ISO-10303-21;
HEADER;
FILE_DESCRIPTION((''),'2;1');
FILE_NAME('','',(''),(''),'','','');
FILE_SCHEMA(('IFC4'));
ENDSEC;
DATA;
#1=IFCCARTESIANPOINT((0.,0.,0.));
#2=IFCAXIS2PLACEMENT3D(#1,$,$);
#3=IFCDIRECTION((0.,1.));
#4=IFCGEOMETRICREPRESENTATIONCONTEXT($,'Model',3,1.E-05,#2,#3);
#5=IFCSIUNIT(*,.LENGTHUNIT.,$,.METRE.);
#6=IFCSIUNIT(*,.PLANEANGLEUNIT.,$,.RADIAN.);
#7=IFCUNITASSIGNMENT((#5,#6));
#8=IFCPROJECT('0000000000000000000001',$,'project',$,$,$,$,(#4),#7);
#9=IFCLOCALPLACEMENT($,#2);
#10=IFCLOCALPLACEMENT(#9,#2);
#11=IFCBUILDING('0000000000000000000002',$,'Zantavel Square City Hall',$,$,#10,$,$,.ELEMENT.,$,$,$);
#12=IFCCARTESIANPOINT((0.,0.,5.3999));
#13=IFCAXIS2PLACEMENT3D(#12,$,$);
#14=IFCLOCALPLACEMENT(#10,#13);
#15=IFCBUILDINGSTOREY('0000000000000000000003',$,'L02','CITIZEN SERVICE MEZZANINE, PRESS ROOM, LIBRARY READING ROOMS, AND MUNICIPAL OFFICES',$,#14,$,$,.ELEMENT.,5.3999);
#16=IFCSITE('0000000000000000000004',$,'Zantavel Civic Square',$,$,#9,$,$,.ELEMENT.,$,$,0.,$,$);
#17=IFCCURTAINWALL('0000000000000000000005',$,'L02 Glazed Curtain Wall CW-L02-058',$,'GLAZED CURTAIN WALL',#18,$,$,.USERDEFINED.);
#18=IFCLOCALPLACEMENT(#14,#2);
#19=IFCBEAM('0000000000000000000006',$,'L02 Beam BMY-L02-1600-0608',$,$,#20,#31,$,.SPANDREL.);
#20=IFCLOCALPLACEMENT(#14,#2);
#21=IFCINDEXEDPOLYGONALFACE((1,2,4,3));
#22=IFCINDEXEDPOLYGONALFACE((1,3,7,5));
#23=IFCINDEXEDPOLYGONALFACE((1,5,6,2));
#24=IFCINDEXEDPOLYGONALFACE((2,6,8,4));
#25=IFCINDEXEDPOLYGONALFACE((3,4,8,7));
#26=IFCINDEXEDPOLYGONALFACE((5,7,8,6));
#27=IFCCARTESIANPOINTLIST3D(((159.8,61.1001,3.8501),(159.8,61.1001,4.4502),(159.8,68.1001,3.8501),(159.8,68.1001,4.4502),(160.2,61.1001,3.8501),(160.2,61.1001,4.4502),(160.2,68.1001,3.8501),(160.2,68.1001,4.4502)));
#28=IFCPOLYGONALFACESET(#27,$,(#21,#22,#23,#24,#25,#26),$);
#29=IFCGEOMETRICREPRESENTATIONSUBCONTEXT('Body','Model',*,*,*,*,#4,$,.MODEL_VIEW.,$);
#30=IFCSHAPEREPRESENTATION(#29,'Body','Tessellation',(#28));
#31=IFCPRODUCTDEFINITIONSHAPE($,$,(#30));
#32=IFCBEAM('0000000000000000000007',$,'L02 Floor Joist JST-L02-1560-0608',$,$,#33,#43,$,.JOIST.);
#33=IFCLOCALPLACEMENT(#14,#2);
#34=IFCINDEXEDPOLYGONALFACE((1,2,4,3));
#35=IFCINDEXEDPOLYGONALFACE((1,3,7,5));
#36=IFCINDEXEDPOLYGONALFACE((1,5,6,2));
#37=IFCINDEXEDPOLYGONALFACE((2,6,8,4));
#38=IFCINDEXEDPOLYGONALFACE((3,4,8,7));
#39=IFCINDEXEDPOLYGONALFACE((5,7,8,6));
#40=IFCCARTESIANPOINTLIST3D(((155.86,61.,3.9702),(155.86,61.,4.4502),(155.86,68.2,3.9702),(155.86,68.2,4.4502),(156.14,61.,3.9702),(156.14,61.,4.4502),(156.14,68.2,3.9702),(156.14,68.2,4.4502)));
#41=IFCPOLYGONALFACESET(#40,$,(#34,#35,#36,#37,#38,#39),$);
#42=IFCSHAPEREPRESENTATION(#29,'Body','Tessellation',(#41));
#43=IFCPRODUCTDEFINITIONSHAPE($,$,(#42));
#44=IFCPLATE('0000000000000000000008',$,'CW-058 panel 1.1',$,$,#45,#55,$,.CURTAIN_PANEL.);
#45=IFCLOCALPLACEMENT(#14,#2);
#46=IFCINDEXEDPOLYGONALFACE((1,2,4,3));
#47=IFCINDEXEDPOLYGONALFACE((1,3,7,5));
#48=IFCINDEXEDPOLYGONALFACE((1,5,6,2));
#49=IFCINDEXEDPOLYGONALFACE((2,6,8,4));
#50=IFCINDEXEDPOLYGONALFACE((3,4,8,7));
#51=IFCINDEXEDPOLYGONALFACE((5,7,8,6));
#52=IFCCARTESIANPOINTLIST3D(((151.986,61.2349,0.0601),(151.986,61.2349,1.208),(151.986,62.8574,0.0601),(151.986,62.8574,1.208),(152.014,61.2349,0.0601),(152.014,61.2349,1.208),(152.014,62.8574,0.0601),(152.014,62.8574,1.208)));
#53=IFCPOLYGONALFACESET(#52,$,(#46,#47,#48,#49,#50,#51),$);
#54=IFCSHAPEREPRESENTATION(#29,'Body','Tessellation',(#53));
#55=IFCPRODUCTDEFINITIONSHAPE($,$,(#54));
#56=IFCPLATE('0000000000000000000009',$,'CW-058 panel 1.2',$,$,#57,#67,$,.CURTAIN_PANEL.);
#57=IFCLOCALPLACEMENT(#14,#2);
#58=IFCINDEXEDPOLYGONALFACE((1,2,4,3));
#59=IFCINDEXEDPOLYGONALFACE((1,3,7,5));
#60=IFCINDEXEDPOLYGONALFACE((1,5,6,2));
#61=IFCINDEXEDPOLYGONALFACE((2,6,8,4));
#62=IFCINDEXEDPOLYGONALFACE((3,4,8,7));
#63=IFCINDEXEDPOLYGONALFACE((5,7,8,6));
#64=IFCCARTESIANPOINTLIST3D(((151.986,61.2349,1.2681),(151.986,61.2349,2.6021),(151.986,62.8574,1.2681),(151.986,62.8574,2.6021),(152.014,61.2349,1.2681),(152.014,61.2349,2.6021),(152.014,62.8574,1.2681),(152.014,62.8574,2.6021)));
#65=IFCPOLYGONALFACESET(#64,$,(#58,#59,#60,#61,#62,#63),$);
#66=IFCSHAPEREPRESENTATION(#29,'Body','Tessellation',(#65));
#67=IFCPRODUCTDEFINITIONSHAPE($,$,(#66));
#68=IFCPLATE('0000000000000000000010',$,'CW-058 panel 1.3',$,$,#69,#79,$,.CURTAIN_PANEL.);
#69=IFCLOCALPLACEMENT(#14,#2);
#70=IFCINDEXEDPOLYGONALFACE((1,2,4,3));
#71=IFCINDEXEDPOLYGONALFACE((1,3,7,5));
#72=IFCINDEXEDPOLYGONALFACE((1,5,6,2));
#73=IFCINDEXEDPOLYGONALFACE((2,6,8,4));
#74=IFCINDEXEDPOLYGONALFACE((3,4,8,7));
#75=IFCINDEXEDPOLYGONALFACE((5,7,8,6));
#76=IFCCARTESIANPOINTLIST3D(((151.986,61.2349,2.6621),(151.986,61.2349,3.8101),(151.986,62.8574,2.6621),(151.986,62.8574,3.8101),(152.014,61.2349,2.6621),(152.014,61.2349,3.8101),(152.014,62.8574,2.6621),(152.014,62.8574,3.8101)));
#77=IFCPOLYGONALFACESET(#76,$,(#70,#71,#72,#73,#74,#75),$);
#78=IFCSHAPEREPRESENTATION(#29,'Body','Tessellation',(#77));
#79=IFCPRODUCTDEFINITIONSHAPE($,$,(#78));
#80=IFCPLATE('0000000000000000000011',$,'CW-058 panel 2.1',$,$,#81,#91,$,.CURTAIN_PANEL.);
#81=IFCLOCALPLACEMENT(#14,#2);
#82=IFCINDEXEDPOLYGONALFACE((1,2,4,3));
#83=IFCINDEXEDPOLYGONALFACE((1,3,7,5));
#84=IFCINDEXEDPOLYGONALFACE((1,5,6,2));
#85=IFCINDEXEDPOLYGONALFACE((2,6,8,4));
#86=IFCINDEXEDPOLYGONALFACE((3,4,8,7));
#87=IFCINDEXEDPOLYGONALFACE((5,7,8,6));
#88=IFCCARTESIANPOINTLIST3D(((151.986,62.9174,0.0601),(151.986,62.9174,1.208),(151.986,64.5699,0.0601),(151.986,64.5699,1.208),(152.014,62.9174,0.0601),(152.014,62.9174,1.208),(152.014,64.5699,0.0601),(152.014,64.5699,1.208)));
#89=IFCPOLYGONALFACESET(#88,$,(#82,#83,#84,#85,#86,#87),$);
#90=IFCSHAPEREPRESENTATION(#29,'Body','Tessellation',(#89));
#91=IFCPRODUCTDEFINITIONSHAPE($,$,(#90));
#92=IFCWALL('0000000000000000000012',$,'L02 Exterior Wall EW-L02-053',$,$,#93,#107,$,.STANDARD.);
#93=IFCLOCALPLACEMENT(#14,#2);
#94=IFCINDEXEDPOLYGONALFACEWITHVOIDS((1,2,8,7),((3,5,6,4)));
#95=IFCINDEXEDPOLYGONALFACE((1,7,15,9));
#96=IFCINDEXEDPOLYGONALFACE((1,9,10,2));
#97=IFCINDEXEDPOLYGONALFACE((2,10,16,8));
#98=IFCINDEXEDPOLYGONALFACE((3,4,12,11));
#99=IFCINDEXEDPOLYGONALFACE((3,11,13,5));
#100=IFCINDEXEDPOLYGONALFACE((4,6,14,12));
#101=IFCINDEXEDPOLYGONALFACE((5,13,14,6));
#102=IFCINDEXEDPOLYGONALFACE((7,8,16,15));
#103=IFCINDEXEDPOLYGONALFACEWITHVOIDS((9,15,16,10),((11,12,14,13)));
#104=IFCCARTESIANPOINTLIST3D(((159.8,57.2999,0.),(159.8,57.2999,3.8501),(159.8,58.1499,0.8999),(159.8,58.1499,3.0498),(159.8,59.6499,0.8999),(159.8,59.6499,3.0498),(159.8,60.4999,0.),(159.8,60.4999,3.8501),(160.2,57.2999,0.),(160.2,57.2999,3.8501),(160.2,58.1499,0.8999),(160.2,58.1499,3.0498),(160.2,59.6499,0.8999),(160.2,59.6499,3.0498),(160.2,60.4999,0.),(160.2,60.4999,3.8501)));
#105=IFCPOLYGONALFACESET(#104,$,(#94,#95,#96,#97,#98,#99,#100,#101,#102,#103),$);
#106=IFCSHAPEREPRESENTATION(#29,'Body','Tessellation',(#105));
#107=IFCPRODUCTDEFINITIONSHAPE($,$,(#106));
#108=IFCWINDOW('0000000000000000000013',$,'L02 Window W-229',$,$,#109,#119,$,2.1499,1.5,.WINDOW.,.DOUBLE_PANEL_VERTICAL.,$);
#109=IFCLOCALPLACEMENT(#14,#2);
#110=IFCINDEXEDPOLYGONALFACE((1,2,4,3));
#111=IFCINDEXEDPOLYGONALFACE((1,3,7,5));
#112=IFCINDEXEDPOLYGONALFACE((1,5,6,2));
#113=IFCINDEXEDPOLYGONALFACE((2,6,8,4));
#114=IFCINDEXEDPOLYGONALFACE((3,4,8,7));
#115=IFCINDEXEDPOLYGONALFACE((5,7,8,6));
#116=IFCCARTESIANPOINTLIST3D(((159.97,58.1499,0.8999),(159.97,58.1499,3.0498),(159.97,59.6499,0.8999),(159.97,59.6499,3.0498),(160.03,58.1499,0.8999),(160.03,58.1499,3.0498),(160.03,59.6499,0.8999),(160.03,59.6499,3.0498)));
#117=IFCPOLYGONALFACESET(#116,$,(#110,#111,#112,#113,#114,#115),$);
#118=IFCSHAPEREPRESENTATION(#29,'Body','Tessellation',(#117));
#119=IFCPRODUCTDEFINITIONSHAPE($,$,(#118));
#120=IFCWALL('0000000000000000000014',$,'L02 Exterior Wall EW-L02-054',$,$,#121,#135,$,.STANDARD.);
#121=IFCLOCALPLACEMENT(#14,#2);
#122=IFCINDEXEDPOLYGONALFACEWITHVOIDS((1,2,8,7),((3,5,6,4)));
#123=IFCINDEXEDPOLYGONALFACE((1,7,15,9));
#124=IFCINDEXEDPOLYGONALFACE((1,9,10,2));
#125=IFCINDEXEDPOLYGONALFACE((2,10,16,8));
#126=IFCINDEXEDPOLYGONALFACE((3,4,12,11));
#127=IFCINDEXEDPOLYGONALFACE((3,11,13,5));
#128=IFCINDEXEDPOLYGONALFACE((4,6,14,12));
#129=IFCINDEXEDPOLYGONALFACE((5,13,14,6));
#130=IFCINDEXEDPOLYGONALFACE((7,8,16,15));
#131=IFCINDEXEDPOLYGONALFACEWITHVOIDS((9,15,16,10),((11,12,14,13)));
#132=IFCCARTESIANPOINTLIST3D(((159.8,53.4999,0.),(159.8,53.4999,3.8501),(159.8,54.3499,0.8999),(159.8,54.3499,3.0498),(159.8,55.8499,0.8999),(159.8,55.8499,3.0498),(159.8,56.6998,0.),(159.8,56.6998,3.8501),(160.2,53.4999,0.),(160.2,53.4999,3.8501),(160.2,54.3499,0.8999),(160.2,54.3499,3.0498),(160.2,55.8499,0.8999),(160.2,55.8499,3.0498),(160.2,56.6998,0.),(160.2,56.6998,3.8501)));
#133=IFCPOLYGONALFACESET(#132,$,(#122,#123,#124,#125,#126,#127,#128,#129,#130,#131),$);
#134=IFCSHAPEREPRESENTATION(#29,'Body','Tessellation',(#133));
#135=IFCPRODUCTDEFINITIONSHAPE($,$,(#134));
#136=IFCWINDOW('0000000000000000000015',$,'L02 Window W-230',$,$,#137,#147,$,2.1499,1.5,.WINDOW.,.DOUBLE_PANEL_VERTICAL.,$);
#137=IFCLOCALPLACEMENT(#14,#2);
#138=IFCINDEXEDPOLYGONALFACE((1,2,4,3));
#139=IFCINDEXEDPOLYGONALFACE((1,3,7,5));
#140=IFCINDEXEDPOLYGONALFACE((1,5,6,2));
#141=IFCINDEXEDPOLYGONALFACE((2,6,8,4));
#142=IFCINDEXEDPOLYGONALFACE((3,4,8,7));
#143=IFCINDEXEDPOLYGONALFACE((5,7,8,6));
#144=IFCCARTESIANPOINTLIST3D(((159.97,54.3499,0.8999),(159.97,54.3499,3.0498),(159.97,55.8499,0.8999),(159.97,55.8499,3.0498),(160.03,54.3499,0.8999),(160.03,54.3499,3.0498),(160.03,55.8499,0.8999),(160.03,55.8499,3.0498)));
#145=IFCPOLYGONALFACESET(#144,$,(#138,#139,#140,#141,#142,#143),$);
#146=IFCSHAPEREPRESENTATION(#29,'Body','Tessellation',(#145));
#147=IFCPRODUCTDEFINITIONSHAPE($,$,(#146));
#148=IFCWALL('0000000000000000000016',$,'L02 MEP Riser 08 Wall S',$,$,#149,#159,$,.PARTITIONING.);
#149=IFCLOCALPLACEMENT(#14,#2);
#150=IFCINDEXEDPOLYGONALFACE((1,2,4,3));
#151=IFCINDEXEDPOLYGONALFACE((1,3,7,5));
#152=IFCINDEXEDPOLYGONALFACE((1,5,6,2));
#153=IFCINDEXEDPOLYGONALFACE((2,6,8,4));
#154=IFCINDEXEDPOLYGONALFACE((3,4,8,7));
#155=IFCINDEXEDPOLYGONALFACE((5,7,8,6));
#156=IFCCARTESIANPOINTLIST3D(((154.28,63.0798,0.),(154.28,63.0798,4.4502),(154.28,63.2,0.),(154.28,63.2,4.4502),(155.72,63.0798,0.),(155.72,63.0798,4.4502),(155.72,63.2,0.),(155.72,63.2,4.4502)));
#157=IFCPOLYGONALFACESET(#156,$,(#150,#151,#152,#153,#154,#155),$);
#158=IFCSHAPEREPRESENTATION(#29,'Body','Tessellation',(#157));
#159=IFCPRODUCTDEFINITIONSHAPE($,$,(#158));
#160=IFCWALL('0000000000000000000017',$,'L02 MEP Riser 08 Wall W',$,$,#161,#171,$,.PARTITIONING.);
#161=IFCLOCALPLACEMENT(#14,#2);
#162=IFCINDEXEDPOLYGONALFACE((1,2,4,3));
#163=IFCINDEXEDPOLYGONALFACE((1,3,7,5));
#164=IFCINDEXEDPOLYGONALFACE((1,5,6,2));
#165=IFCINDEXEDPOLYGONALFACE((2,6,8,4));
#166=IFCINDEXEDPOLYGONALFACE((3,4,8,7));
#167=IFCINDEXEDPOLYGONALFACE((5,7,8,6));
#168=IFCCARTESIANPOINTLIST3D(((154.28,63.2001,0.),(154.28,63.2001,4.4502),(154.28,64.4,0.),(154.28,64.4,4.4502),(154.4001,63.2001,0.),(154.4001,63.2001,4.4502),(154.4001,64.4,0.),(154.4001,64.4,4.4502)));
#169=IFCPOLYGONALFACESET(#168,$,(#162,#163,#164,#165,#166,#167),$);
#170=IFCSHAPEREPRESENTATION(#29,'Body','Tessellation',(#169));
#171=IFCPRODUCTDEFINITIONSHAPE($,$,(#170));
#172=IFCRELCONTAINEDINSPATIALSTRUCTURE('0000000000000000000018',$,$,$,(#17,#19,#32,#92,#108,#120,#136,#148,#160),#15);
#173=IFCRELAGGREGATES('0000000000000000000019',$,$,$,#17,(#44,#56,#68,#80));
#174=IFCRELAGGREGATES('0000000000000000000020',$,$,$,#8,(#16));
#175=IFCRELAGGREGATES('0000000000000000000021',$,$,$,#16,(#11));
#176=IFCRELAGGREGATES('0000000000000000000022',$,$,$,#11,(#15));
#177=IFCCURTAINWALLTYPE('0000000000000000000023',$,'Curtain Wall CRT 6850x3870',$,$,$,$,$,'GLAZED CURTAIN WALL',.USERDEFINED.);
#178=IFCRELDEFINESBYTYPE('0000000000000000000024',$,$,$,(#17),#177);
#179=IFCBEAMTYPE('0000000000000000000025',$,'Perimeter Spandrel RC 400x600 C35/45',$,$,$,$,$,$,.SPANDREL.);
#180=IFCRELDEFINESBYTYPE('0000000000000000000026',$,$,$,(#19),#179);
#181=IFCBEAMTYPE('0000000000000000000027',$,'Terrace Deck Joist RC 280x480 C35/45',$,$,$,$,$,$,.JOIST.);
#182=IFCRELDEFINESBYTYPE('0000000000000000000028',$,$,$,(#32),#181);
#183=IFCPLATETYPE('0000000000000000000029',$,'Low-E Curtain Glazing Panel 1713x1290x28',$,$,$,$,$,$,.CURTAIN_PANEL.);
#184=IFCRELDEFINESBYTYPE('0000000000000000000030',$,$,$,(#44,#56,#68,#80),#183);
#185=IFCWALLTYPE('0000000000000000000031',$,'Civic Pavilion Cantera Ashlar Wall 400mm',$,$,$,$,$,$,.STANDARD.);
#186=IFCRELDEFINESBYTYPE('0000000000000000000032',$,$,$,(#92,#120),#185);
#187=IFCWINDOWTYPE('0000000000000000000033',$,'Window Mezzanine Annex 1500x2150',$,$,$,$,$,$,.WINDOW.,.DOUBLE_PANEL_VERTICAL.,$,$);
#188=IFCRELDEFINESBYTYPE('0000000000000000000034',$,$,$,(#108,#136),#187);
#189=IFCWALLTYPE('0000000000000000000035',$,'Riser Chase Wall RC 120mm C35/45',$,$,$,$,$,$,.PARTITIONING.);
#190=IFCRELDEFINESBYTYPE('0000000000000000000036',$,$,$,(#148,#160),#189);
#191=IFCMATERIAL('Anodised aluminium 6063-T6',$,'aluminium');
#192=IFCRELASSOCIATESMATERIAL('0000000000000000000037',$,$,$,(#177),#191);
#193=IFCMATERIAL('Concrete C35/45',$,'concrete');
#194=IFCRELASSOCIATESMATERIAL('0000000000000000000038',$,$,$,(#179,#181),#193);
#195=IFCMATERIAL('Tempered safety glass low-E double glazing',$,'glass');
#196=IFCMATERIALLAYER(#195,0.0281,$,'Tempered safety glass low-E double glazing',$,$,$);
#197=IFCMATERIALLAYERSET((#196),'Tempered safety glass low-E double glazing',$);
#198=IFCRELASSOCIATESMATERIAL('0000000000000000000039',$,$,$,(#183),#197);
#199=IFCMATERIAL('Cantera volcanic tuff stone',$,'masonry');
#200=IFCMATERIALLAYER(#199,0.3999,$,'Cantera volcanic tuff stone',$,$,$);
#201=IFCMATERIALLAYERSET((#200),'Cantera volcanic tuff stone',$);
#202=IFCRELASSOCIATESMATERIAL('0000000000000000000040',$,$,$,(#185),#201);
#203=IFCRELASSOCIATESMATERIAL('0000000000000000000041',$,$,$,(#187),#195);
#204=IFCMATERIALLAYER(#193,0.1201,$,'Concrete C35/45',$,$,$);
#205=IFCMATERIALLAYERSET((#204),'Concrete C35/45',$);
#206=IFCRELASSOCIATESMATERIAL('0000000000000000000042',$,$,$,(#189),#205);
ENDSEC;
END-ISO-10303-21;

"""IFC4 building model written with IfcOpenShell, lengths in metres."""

from ifc_helpers import new_model, si_unit, direction, frame, frame_2d, origin, origin_2d, place, context, subcontext, project, spatial, rectangle, extrude, material, layer, layer_set, material_profile, profile_set, type_object, element, fill, aggregate, save


model = new_model("IFC4")

# Units and contexts
model_context = context("Model", 3, precision=1e-05, world=origin(), true_north=direction((0.0, 1.0)))
body_context = subcontext(model_context, "Body", "Model", "MODEL_VIEW")
ifc_project = project(units=[si_unit("LENGTHUNIT", "METRE"), si_unit("PLANEANGLEUNIT", "RADIAN")], contexts=[model_context])

# Site, building, storey
site_placement = place(None, origin())
site = spatial("IfcSite", under=ifc_project, at=site_placement, Name="Zantavel Civic Square", CompositionType="ELEMENT", RefElevation=0.0)
building_placement = place(site_placement, origin())
building = spatial("IfcBuilding", under=site, at=building_placement, Name="Zantavel Square City Hall", CompositionType="ELEMENT")
storey_placement = place(building_placement, frame((0.0, 0.0, 5.3999)))
storey = spatial("IfcBuildingStorey", under=building, at=storey_placement, Name="L02", Description="CITIZEN SERVICE MEZZANINE, PRESS ROOM, LIBRARY READING ROOMS, AND MUNICIPAL OFFICES", CompositionType="ELEMENT", Elevation=5.3999)

# Curtain wall
ifc_material_1 = material(Name="Anodised aluminium 6063-T6", Category="aluminium")
curtain_wall_type = type_object("IfcCurtainWallType", Name="Curtain Wall CRT 6850x3870", ElementType="GLAZED CURTAIN WALL", PredefinedType="USERDEFINED", material=ifc_material_1)
curtain_wall_placement = place(storey_placement, origin())
curtain_wall = element("IfcCurtainWall", 1, at=curtain_wall_placement, inside=storey, type_object=curtain_wall_type, Name="L02 Glazed Curtain Wall CW-L02-058", ObjectType="GLAZED CURTAIN WALL", PredefinedType="USERDEFINED")

# Beams
ifc_material_2 = material(Name="Concrete C35/45", Category="concrete")
ifc_material_profile_1 = material_profile(ifc_material_2, rectangle(XDim=0.3999, YDim=0.6001, at=origin_2d()), Name="RC 400x600")
ifc_profile_set_1 = profile_set([ifc_material_profile_1], Name="Concrete C35/45")
beam_type_1 = type_object("IfcBeamType", Name="Perimeter Spandrel RC 400x600 C35/45", PredefinedType="SPANDREL", material=ifc_profile_set_1)
beam_1_placement = place(storey_placement, frame((160.0, 61.1001, 4.1501), z_axis=(0.0, 1.0, 0.0), x_axis=(-1.0, 0.0, 0.0)))
element("IfcBeam", 2, at=beam_1_placement, inside=storey, type_object=beam_type_1, Name="L02 Beam BMY-L02-1600-0608", PredefinedType="SPANDREL", context=body_context, shape_type="SweptSolid", body=[
    extrude(rectangle(XDim=0.3999, YDim=0.6001, at=origin_2d()), origin(), (0.0, 0.0, 1.0), 7.0),
])
ifc_material_profile_2 = material_profile(ifc_material_2, rectangle(XDim=0.28, YDim=0.48, at=origin_2d()), Name="RC 280x480")
ifc_profile_set_2 = profile_set([ifc_material_profile_2], Name="Concrete C35/45")
beam_type_2 = type_object("IfcBeamType", Name="Terrace Deck Joist RC 280x480 C35/45", PredefinedType="JOIST", material=ifc_profile_set_2)
beam_2_placement = place(storey_placement, frame((156.0, 61.0, 4.2102), z_axis=(0.0, 1.0, 0.0), x_axis=(-1.0, 0.0, 0.0)))
element("IfcBeam", 3, at=beam_2_placement, inside=storey, type_object=beam_type_2, Name="L02 Floor Joist JST-L02-1560-0608", PredefinedType="JOIST", context=body_context, shape_type="SweptSolid", body=[
    extrude(rectangle(XDim=0.28, YDim=0.48, at=origin_2d()), origin(), (0.0, 0.0, 1.0), 7.2),
])

# Plates
ifc_material_3 = material(Name="Tempered safety glass low-E double glazing", Category="glass")
ifc_layer_1 = layer(ifc_material_3, 0.0281, Name="Tempered safety glass low-E double glazing")
ifc_layer_set_1 = layer_set([ifc_layer_1], Name="Tempered safety glass low-E double glazing")
plate_type = type_object("IfcPlateType", Name="Low-E Curtain Glazing Panel 1713x1290x28", PredefinedType="CURTAIN_PANEL", material=ifc_layer_set_1)
plate_1_placement = place(storey_placement, frame((152.0, 62.0461, 0.0601), z_axis=(0.0, 0.0, 1.0), x_axis=(0.0, 1.0, 0.0)))
plate_1 = element("IfcPlate", 4, at=plate_1_placement, type_object=plate_type, Name="CW-058 panel 1.1", PredefinedType="CURTAIN_PANEL", context=body_context, shape_type="SweptSolid", body=[
    extrude(rectangle(XDim=1.6226, YDim=0.0281, at=origin_2d()), origin(), (0.0, 0.0, 1.0), 1.1479),
])
plate_2_placement = place(storey_placement, frame((152.0, 62.0461, 1.2681), z_axis=(0.0, 0.0, 1.0), x_axis=(0.0, 1.0, 0.0)))
plate_2 = element("IfcPlate", 5, at=plate_2_placement, type_object=plate_type, Name="CW-058 panel 1.2", PredefinedType="CURTAIN_PANEL", context=body_context, shape_type="SweptSolid", body=[
    extrude(rectangle(XDim=1.6226, YDim=0.0281, at=origin_2d()), origin(), (0.0, 0.0, 1.0), 1.334),
])
plate_3_placement = place(storey_placement, frame((152.0, 62.0461, 2.6621), z_axis=(0.0, 0.0, 1.0), x_axis=(0.0, 1.0, 0.0)))
plate_3 = element("IfcPlate", 6, at=plate_3_placement, type_object=plate_type, Name="CW-058 panel 1.3", PredefinedType="CURTAIN_PANEL", context=body_context, shape_type="SweptSolid", body=[
    extrude(rectangle(XDim=1.6226, YDim=0.0281, at=origin_2d()), origin(), (0.0, 0.0, 1.0), 1.1479),
])
plate_4_placement = place(storey_placement, frame((152.0, 63.7437, 0.0601), z_axis=(0.0, 0.0, 1.0), x_axis=(0.0, 1.0, 0.0)))
plate_4 = element("IfcPlate", 7, at=plate_4_placement, type_object=plate_type, Name="CW-058 panel 2.1", PredefinedType="CURTAIN_PANEL", context=body_context, shape_type="SweptSolid", body=[
    extrude(rectangle(XDim=1.6526, YDim=0.0281, at=origin_2d()), origin(), (0.0, 0.0, 1.0), 1.1479),
])
aggregate(curtain_wall, [plate_1, plate_2, plate_3, plate_4])

# Walls, openings, windows
ifc_material_4 = material(Name="Cantera volcanic tuff stone", Category="masonry")
ifc_layer_2 = layer(ifc_material_4, 0.3999, Name="Cantera volcanic tuff stone")
ifc_layer_set_2 = layer_set([ifc_layer_2], Name="Cantera volcanic tuff stone")
wall_type_1 = type_object("IfcWallType", Name="Civic Pavilion Cantera Ashlar Wall 400mm", PredefinedType="STANDARD", material=ifc_layer_set_2)
wall_1_placement = place(storey_placement, frame((160.0, 60.5, 0.0), z_axis=(0.0, 0.0, 1.0), x_axis=(0.0, -1.0, 0.0)))
wall_1 = element("IfcWall", 8, at=wall_1_placement, inside=storey, type_object=wall_type_1, Name="L02 Exterior Wall EW-L02-053", PredefinedType="STANDARD", context=body_context, shape_type="SweptSolid", body=[
    extrude(rectangle(XDim=3.2, YDim=0.3999, at=frame_2d((1.6001, 0.0))), origin(), (0.0, 0.0, 1.0), 3.8501),
])
opening_1_placement = place(wall_1_placement, frame((0.8501, 0.0, 0.8999)))
opening_1 = element("IfcOpeningElement", 9, at=opening_1_placement, cuts=wall_1, PredefinedType="OPENING", context=body_context, shape_type="SweptSolid", body=[
    extrude(rectangle(XDim=1.5, YDim=2.1499, at=frame_2d((0.75, 1.075))), frame((0.0, 0.21, 0.0), z_axis=(0.0, -1.0, 0.0), x_axis=(1.0, 0.0, 0.0)), (0.0, 0.0, 1.0), 0.4199),
])
window_type = type_object("IfcWindowType", Name="Window Mezzanine Annex 1500x2150", PartitioningType="DOUBLE_PANEL_VERTICAL", PredefinedType="WINDOW", material=ifc_material_3)
window_1_placement = place(opening_1_placement, origin())
window_1 = element("IfcWindow", 10, at=window_1_placement, inside=storey, type_object=window_type, Name="L02 Window W-229", OverallHeight=2.1499, OverallWidth=1.5, PartitioningType="DOUBLE_PANEL_VERTICAL", PredefinedType="WINDOW", context=body_context, shape_type="SweptSolid", body=[
    extrude(rectangle(XDim=1.5, YDim=2.1499, at=frame_2d((0.75, 1.075))), frame((0.0, 0.03, 0.0), z_axis=(0.0, -1.0, 0.0), x_axis=(1.0, 0.0, 0.0)), (0.0, 0.0, 1.0), 0.0601),
])
fill(opening_1, window_1)
wall_2_placement = place(storey_placement, frame((160.0, 56.7, 0.0), z_axis=(0.0, 0.0, 1.0), x_axis=(0.0, -1.0, 0.0)))
wall_2 = element("IfcWall", 11, at=wall_2_placement, inside=storey, type_object=wall_type_1, Name="L02 Exterior Wall EW-L02-054", PredefinedType="STANDARD", context=body_context, shape_type="SweptSolid", body=[
    extrude(rectangle(XDim=3.2, YDim=0.3999, at=frame_2d((1.6001, 0.0))), origin(), (0.0, 0.0, 1.0), 3.8501),
])
opening_2_placement = place(wall_2_placement, frame((0.8501, 0.0, 0.8999)))
opening_2 = element("IfcOpeningElement", 12, at=opening_2_placement, cuts=wall_2, PredefinedType="OPENING", context=body_context, shape_type="SweptSolid", body=[
    extrude(rectangle(XDim=1.5, YDim=2.1499, at=frame_2d((0.75, 1.075))), frame((0.0, 0.21, 0.0), z_axis=(0.0, -1.0, 0.0), x_axis=(1.0, 0.0, 0.0)), (0.0, 0.0, 1.0), 0.4199),
])
window_2_placement = place(opening_2_placement, origin())
window_2 = element("IfcWindow", 13, at=window_2_placement, inside=storey, type_object=window_type, Name="L02 Window W-230", OverallHeight=2.1499, OverallWidth=1.5, PartitioningType="DOUBLE_PANEL_VERTICAL", PredefinedType="WINDOW", context=body_context, shape_type="SweptSolid", body=[
    extrude(rectangle(XDim=1.5, YDim=2.1499, at=frame_2d((0.75, 1.075))), frame((0.0, 0.03, 0.0), z_axis=(0.0, -1.0, 0.0), x_axis=(1.0, 0.0, 0.0)), (0.0, 0.0, 1.0), 0.0601),
])
fill(opening_2, window_2)

# Walls
ifc_layer_3 = layer(ifc_material_2, 0.1201, Name="Concrete C35/45")
ifc_layer_set_3 = layer_set([ifc_layer_3], Name="Concrete C35/45")
wall_type_2 = type_object("IfcWallType", Name="Riser Chase Wall RC 120mm C35/45", PredefinedType="PARTITIONING", material=ifc_layer_set_3)
wall_3_placement = place(storey_placement, frame((155.72, 63.1399, 0.0), z_axis=(0.0, 0.0, 1.0), x_axis=(-1.0, 0.0, 0.0)))
element("IfcWall", 14, at=wall_3_placement, inside=storey, type_object=wall_type_2, Name="L02 MEP Riser 08 Wall S", PredefinedType="PARTITIONING", context=body_context, shape_type="SweptSolid", body=[
    extrude(rectangle(XDim=1.4399, YDim=0.1201, at=frame_2d((0.72, 0.0))), origin(), (0.0, 0.0, 1.0), 4.4502),
])
wall_4_placement = place(storey_placement, frame((154.3401, 63.2, 0.0), z_axis=(0.0, 0.0, 1.0), x_axis=(0.0, 1.0, 0.0)))
element("IfcWall", 15, at=wall_4_placement, inside=storey, type_object=wall_type_2, Name="L02 MEP Riser 08 Wall W", PredefinedType="PARTITIONING", context=body_context, shape_type="SweptSolid", body=[
    extrude(rectangle(XDim=1.2, YDim=0.1201, at=frame_2d((0.6001, 0.0))), origin(), (0.0, 0.0, 1.0), 4.4502),
])

save(model, "model.ifc")
